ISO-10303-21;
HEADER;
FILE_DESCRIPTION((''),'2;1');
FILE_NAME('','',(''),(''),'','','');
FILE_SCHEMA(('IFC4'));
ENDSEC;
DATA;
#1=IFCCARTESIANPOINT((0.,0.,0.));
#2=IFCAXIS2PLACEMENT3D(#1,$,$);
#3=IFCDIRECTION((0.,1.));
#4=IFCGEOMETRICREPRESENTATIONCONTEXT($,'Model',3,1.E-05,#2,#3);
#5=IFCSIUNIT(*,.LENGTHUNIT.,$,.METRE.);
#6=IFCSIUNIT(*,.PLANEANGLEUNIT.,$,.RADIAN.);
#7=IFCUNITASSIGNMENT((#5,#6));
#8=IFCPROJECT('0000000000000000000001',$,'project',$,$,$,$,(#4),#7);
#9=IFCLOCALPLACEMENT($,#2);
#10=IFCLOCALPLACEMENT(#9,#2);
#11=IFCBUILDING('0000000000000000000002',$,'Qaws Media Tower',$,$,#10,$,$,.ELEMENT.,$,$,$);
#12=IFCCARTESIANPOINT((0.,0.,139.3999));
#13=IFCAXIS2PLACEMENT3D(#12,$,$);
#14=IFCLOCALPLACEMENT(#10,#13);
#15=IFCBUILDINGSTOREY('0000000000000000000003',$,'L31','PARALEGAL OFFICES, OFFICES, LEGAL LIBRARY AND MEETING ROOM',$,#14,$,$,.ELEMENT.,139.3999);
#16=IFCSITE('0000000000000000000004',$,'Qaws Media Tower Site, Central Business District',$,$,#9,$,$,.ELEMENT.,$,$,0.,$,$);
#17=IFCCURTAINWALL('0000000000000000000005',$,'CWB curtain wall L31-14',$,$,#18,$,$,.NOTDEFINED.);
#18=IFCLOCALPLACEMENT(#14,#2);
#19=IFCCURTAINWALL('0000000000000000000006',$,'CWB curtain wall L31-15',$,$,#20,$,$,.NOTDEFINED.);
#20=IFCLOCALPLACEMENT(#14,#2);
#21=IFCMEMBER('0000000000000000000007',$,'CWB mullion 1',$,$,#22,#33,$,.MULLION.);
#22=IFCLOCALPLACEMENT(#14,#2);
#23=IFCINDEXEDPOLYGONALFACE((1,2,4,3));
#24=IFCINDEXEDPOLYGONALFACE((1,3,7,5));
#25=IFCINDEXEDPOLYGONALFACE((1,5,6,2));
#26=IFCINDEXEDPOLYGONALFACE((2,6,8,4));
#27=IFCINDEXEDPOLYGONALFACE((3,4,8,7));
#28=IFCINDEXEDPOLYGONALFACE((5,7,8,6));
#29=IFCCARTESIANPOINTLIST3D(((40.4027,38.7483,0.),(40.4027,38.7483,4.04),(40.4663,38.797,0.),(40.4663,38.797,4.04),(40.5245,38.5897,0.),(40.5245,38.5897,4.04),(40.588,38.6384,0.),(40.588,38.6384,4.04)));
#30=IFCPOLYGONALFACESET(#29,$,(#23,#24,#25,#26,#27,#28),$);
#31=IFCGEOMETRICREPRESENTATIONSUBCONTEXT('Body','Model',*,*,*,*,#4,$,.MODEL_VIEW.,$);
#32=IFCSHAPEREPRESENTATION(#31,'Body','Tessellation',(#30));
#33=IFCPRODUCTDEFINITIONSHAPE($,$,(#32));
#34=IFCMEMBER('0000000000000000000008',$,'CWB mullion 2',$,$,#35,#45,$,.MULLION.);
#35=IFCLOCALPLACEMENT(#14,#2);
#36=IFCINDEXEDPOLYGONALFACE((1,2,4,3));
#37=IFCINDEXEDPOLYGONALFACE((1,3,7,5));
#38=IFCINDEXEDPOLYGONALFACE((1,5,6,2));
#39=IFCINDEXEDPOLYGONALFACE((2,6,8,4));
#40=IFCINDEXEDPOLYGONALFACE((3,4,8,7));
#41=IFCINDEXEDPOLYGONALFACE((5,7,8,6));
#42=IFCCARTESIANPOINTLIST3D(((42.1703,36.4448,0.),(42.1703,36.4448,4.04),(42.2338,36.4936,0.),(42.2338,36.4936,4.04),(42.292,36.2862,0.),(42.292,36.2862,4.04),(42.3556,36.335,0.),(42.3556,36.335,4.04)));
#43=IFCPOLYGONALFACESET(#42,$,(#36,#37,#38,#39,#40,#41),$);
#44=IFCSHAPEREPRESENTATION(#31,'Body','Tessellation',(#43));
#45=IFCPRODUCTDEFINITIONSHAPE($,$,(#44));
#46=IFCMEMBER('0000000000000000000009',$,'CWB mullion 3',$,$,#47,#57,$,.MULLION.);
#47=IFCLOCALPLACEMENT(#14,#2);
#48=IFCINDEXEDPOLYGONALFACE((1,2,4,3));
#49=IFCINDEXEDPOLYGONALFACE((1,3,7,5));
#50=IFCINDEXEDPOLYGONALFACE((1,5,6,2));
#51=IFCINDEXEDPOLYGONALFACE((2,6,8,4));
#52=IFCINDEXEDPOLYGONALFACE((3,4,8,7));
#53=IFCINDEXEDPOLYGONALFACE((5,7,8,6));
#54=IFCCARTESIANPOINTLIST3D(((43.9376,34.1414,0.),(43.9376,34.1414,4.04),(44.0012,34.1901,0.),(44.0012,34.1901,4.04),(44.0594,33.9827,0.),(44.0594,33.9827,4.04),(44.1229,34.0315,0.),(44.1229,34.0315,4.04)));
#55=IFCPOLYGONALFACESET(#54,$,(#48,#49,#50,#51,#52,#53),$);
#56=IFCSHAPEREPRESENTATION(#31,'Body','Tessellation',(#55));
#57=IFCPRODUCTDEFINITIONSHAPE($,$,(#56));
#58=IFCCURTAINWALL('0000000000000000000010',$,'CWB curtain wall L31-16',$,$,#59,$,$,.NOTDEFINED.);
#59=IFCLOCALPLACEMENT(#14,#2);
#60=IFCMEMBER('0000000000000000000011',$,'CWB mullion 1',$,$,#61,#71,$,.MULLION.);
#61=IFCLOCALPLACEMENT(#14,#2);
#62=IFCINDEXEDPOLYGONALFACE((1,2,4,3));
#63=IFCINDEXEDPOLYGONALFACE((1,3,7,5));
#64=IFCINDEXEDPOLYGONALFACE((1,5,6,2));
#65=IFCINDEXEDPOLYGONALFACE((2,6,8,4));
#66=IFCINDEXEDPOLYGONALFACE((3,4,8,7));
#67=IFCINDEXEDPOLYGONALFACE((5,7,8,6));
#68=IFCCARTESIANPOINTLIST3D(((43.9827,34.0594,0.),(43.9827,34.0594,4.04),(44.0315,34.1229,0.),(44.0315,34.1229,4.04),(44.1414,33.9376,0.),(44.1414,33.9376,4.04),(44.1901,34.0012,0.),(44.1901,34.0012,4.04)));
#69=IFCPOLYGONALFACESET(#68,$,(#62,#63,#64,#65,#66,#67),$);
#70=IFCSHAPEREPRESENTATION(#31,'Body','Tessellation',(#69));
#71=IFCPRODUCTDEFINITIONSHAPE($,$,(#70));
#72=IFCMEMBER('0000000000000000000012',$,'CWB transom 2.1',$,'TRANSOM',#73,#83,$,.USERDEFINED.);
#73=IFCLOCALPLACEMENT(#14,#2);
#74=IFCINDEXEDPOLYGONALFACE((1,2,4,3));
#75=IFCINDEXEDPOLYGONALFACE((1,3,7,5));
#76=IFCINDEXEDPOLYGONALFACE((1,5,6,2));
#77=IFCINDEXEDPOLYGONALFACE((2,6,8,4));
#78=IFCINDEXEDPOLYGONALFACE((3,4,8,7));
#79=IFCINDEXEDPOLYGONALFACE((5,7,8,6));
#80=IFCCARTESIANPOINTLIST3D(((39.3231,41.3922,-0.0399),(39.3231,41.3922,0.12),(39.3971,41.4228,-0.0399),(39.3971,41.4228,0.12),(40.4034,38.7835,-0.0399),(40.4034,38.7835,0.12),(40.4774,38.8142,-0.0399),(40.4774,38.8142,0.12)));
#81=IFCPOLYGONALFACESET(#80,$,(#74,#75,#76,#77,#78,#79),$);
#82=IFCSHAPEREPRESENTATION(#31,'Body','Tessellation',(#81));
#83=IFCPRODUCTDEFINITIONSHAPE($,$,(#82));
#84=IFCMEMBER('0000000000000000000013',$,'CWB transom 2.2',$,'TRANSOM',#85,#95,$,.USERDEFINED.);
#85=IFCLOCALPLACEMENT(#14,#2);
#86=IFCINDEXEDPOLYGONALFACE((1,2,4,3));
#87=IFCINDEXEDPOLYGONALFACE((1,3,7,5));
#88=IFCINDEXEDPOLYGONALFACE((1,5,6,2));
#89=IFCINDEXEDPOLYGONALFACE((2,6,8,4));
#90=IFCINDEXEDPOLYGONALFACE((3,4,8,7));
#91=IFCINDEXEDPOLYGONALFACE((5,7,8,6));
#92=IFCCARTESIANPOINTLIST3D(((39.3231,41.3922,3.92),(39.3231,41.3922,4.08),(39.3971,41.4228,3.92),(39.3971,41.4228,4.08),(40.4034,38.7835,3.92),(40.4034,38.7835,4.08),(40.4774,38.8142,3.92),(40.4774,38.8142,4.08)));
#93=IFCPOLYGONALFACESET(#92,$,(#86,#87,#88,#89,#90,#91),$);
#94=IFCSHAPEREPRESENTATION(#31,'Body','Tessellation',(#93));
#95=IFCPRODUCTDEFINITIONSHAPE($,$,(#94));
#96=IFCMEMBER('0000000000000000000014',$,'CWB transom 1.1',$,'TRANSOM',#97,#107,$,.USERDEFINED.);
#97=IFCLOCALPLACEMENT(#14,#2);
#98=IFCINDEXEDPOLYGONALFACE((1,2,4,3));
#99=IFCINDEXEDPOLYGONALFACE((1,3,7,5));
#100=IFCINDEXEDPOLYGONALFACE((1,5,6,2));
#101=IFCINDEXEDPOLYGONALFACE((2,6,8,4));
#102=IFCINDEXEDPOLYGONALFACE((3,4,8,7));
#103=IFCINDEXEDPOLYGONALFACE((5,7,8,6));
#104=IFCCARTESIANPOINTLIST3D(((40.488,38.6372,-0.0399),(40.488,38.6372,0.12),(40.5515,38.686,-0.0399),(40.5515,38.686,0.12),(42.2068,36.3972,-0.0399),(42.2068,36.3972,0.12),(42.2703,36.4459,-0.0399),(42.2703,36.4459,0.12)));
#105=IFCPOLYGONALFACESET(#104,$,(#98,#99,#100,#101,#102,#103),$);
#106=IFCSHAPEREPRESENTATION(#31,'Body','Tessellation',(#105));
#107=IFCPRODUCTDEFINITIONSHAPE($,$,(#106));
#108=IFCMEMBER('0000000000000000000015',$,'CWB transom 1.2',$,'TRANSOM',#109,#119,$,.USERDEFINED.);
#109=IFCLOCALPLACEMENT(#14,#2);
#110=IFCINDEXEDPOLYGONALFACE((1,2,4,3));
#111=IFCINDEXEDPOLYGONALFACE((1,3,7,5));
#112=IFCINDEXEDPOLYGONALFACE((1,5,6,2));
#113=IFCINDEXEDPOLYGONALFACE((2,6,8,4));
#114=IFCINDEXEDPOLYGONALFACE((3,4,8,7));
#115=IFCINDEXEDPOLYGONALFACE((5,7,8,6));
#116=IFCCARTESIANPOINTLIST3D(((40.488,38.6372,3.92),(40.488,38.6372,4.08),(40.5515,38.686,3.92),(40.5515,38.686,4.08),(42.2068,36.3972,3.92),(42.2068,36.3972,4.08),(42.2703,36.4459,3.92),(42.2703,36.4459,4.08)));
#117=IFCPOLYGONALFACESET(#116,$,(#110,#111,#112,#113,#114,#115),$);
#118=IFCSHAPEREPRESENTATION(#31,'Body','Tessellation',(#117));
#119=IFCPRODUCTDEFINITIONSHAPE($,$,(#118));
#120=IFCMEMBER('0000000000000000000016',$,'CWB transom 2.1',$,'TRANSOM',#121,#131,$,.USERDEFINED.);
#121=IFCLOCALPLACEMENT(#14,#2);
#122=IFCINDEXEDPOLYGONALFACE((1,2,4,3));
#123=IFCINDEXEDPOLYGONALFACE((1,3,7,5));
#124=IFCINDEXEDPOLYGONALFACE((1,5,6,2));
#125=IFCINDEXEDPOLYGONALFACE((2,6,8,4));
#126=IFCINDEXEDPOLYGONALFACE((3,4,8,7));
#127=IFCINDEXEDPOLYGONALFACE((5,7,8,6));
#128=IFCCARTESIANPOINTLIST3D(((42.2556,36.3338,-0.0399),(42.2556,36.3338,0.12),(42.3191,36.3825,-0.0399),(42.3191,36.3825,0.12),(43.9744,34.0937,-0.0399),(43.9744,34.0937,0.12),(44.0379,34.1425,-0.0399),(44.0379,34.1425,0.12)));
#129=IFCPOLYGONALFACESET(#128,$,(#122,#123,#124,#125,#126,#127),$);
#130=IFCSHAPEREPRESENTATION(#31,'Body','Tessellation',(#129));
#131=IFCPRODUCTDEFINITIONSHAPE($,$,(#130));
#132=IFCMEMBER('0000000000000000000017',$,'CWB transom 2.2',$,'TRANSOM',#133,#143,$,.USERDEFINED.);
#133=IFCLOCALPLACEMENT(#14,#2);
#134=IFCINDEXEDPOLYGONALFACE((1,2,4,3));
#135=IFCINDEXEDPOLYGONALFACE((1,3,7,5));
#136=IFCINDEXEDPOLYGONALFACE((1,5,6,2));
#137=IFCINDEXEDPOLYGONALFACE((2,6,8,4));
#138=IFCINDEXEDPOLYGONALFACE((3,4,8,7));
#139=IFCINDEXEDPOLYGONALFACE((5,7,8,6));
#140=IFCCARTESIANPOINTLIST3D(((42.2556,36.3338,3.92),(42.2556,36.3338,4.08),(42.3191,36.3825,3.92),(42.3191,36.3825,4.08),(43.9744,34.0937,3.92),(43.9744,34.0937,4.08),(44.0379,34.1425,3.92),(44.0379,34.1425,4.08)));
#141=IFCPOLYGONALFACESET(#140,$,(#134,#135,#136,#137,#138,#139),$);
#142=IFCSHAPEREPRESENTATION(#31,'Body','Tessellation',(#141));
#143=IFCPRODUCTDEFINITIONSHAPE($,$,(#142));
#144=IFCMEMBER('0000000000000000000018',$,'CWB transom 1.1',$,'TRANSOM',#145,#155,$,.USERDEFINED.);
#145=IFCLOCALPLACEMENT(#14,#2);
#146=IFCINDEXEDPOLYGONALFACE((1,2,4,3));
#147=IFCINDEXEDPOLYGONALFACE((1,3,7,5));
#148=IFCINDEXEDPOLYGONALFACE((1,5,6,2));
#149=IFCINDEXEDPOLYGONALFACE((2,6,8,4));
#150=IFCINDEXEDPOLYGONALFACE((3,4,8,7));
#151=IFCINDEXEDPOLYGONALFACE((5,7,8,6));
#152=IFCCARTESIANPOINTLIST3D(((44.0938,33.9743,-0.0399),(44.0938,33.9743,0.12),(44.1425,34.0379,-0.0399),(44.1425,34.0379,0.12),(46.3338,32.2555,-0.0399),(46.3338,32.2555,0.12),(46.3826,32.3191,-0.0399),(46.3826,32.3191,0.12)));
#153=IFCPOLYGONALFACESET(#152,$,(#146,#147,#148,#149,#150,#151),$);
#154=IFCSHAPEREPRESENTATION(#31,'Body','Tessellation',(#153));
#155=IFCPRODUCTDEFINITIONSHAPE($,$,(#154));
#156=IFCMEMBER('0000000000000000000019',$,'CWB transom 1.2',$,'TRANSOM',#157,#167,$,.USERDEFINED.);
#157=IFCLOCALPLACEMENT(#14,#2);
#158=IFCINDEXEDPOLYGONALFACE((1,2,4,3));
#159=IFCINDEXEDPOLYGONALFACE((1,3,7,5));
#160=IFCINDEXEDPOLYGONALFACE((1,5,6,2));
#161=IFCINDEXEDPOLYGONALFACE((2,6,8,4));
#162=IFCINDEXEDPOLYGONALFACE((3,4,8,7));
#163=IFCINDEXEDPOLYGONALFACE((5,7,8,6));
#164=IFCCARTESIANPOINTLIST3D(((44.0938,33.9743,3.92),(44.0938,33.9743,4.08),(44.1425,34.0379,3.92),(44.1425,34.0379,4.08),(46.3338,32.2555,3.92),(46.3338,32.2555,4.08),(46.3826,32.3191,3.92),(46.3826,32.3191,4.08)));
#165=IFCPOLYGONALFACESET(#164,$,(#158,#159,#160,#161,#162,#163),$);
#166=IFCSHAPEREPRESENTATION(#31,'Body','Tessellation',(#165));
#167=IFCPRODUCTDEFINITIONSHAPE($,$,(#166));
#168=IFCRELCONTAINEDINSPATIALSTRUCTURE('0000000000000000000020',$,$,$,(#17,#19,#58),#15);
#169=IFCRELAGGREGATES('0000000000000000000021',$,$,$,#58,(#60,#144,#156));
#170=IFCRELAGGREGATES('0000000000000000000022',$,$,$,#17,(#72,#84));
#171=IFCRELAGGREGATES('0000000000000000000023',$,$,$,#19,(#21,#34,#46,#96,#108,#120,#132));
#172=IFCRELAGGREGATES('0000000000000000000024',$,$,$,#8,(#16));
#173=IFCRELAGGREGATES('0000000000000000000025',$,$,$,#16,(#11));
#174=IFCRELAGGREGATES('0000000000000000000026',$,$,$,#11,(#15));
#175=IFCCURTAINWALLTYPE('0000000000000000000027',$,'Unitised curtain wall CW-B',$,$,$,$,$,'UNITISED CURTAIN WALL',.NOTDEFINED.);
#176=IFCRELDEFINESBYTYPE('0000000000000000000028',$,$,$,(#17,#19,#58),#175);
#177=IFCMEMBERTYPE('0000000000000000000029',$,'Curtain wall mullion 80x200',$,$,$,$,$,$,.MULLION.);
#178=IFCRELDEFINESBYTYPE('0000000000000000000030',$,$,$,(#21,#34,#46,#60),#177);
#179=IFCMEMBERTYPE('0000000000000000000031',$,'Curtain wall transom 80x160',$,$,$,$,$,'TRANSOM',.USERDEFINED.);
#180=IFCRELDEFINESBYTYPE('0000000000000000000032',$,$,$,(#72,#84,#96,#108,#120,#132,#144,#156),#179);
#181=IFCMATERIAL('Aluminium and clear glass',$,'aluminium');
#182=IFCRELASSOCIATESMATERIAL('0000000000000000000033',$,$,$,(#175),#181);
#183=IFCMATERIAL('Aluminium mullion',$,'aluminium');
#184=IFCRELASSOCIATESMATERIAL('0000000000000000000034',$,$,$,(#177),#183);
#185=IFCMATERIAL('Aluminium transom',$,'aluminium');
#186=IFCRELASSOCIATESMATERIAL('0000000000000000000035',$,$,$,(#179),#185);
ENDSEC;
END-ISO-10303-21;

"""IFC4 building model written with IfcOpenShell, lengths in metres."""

from ifc_helpers import new_model, si_unit, direction, frame, origin, origin_2d, place, context, subcontext, project, spatial, rectangle, extrude, material, material_profile, profile_set, type_object, element, aggregate, save


model = new_model("IFC4")

# Units and contexts
model_context = context("Model", 3, precision=1e-05, world=origin(), true_north=direction((0.0, 1.0)))
body_context = subcontext(model_context, "Body", "Model", "MODEL_VIEW")
ifc_project = project(units=[si_unit("LENGTHUNIT", "METRE"), si_unit("PLANEANGLEUNIT", "RADIAN")], contexts=[model_context])

# Site, building, storey
site_placement = place(None, origin())
site = spatial("IfcSite", under=ifc_project, at=site_placement, Name="Qaws Media Tower Site, Central Business District", CompositionType="ELEMENT", RefElevation=0.0)
building_placement = place(site_placement, origin())
building = spatial("IfcBuilding", under=site, at=building_placement, Name="Qaws Media Tower", CompositionType="ELEMENT")
storey_placement = place(building_placement, frame((0.0, 0.0, 139.3999)))
storey = spatial("IfcBuildingStorey", under=building, at=storey_placement, Name="L31", Description="PARALEGAL OFFICES, OFFICES, LEGAL LIBRARY AND MEETING ROOM", CompositionType="ELEMENT", Elevation=139.3999)

# Curtain walls, members
ifc_material_1 = material(Name="Aluminium and clear glass", Category="aluminium")
curtain_wall_type = type_object("IfcCurtainWallType", Name="Unitised curtain wall CW-B", ElementType="UNITISED CURTAIN WALL", PredefinedType="NOTDEFINED", material=ifc_material_1)
curtain_wall_1_placement = place(storey_placement, origin())
curtain_wall_1 = element("IfcCurtainWall", 1, at=curtain_wall_1_placement, inside=storey, type_object=curtain_wall_type, Name="CWB curtain wall L31-14", PredefinedType="NOTDEFINED")
ifc_material_2 = material(Name="Aluminium mullion", Category="aluminium")
ifc_material_profile_1 = material_profile(ifc_material_2, rectangle(XDim=0.0801, YDim=0.2, at=origin_2d()), Name="80x200")
ifc_profile_set_1 = profile_set([ifc_material_profile_1], Name="Aluminium mullion")
member_type_1 = type_object("IfcMemberType", Name="Curtain wall mullion 80x200", PredefinedType="MULLION", material=ifc_profile_set_1)
curtain_wall_2_placement = place(storey_placement, origin())
curtain_wall_2 = element("IfcCurtainWall", 2, at=curtain_wall_2_placement, inside=storey, type_object=curtain_wall_type, Name="CWB curtain wall L31-15", PredefinedType="NOTDEFINED")
member_1_placement = place(storey_placement, frame((40.4954, 38.6934, 0.0), z_axis=(0.0, 0.0, 1.0), x_axis=(0.793353, 0.608761, 0.0)))
member_1 = element("IfcMember", 3, at=member_1_placement, type_object=member_type_1, Name="CWB mullion 1", PredefinedType="MULLION", context=body_context, shape_type="SweptSolid", body=[
    extrude(rectangle(XDim=0.0801, YDim=0.2, at=origin_2d()), origin(), (0.0, 0.0, 1.0), 4.04),
])
member_2_placement = place(storey_placement, frame((42.2629, 36.3899, 0.0), z_axis=(0.0, 0.0, 1.0), x_axis=(0.793353, 0.608761, 0.0)))
member_2 = element("IfcMember", 4, at=member_2_placement, type_object=member_type_1, Name="CWB mullion 2", PredefinedType="MULLION", context=body_context, shape_type="SweptSolid", body=[
    extrude(rectangle(XDim=0.0801, YDim=0.2, at=origin_2d()), origin(), (0.0, 0.0, 1.0), 4.04),
])
member_3_placement = place(storey_placement, frame((44.0303, 34.0864, 0.0), z_axis=(0.0, 0.0, 1.0), x_axis=(0.793353, 0.608761, 0.0)))
member_3 = element("IfcMember", 5, at=member_3_placement, type_object=member_type_1, Name="CWB mullion 3", PredefinedType="MULLION", context=body_context, shape_type="SweptSolid", body=[
    extrude(rectangle(XDim=0.0801, YDim=0.2, at=origin_2d()), origin(), (0.0, 0.0, 1.0), 4.04),
])

# Curtain wall, member
curtain_wall_3_placement = place(storey_placement, origin())
curtain_wall_3 = element("IfcCurtainWall", 6, at=curtain_wall_3_placement, inside=storey, type_object=curtain_wall_type, Name="CWB curtain wall L31-16", PredefinedType="NOTDEFINED")
member_4_placement = place(storey_placement, frame((44.0864, 34.0303, 0.0), z_axis=(0.0, 0.0, 1.0), x_axis=(0.608761, 0.793353, 0.0)))
member_4 = element("IfcMember", 7, at=member_4_placement, type_object=member_type_1, Name="CWB mullion 1", PredefinedType="MULLION", context=body_context, shape_type="SweptSolid", body=[
    extrude(rectangle(XDim=0.0801, YDim=0.2, at=origin_2d()), origin(), (0.0, 0.0, 1.0), 4.04),
])

# Members
ifc_material_3 = material(Name="Aluminium transom", Category="aluminium")
ifc_material_profile_2 = material_profile(ifc_material_3, rectangle(XDim=0.0801, YDim=0.1599, at=origin_2d()), Name="80x160")
ifc_profile_set_2 = profile_set([ifc_material_profile_2], Name="Aluminium transom")
member_type_2 = type_object("IfcMemberType", Name="Curtain wall transom 80x160", ElementType="TRANSOM", PredefinedType="USERDEFINED", material=ifc_profile_set_2)
member_5_placement = place(storey_placement, frame((39.3601, 41.4075, 0.04), z_axis=(0.382619, -0.923906, 0.0), x_axis=(0.923906, 0.382619, 0.0)))
member_5 = element("IfcMember", 8, at=member_5_placement, type_object=member_type_2, Name="CWB transom 2.1", ObjectType="TRANSOM", PredefinedType="USERDEFINED", context=body_context, shape_type="SweptSolid", body=[
    extrude(rectangle(XDim=0.0801, YDim=0.1599, at=origin_2d()), origin(), (0.0, 0.0, 1.0), 2.8235),
])
member_6_placement = place(storey_placement, frame((39.3601, 41.4075, 4.0), z_axis=(0.382619, -0.923906, 0.0), x_axis=(0.923906, 0.382619, 0.0)))
member_6 = element("IfcMember", 9, at=member_6_placement, type_object=member_type_2, Name="CWB transom 2.2", ObjectType="TRANSOM", PredefinedType="USERDEFINED", context=body_context, shape_type="SweptSolid", body=[
    extrude(rectangle(XDim=0.0801, YDim=0.1599, at=origin_2d()), origin(), (0.0, 0.0, 1.0), 2.8235),
])
member_7_placement = place(storey_placement, frame((40.5198, 38.6616, 0.04), z_axis=(0.608749, -0.793363, 0.0), x_axis=(0.793363, 0.608749, 0.0)))
member_7 = element("IfcMember", 10, at=member_7_placement, type_object=member_type_2, Name="CWB transom 1.1", ObjectType="TRANSOM", PredefinedType="USERDEFINED", context=body_context, shape_type="SweptSolid", body=[
    extrude(rectangle(XDim=0.0801, YDim=0.1599, at=origin_2d()), origin(), (0.0, 0.0, 1.0), 2.8235),
])
member_8_placement = place(storey_placement, frame((40.5198, 38.6616, 4.0), z_axis=(0.608749, -0.793363, 0.0), x_axis=(0.793363, 0.608749, 0.0)))
member_8 = element("IfcMember", 11, at=member_8_placement, type_object=member_type_2, Name="CWB transom 1.2", ObjectType="TRANSOM", PredefinedType="USERDEFINED", context=body_context, shape_type="SweptSolid", body=[
    extrude(rectangle(XDim=0.0801, YDim=0.1599, at=origin_2d()), origin(), (0.0, 0.0, 1.0), 2.8235),
])
member_9_placement = place(storey_placement, frame((42.2874, 36.3582, 0.04), z_axis=(0.608749, -0.793363, 0.0), x_axis=(0.793363, 0.608749, 0.0)))
member_9 = element("IfcMember", 12, at=member_9_placement, type_object=member_type_2, Name="CWB transom 2.1", ObjectType="TRANSOM", PredefinedType="USERDEFINED", context=body_context, shape_type="SweptSolid", body=[
    extrude(rectangle(XDim=0.0801, YDim=0.1599, at=origin_2d()), origin(), (0.0, 0.0, 1.0), 2.8235),
])
member_10_placement = place(storey_placement, frame((42.2874, 36.3582, 4.0), z_axis=(0.608749, -0.793363, 0.0), x_axis=(0.793363, 0.608749, 0.0)))
member_10 = element("IfcMember", 13, at=member_10_placement, type_object=member_type_2, Name="CWB transom 2.2", ObjectType="TRANSOM", PredefinedType="USERDEFINED", context=body_context, shape_type="SweptSolid", body=[
    extrude(rectangle(XDim=0.0801, YDim=0.1599, at=origin_2d()), origin(), (0.0, 0.0, 1.0), 2.8235),
])
member_11_placement = place(storey_placement, frame((44.1182, 34.0061, 0.04), z_axis=(0.793363, -0.608749, 0.0), x_axis=(0.608749, 0.793363, 0.0)))
member_11 = element("IfcMember", 14, at=member_11_placement, type_object=member_type_2, Name="CWB transom 1.1", ObjectType="TRANSOM", PredefinedType="USERDEFINED", context=body_context, shape_type="SweptSolid", body=[
    extrude(rectangle(XDim=0.0801, YDim=0.1599, at=origin_2d()), origin(), (0.0, 0.0, 1.0), 2.8235),
])
member_12_placement = place(storey_placement, frame((44.1182, 34.0061, 4.0), z_axis=(0.793363, -0.608749, 0.0), x_axis=(0.608749, 0.793363, 0.0)))
member_12 = element("IfcMember", 15, at=member_12_placement, type_object=member_type_2, Name="CWB transom 1.2", ObjectType="TRANSOM", PredefinedType="USERDEFINED", context=body_context, shape_type="SweptSolid", body=[
    extrude(rectangle(XDim=0.0801, YDim=0.1599, at=origin_2d()), origin(), (0.0, 0.0, 1.0), 2.8235),
])
aggregate(curtain_wall_3, [member_4, member_11, member_12])

aggregate(curtain_wall_1, [member_5, member_6])
aggregate(curtain_wall_2, [member_1, member_2, member_3, member_7, member_8, member_9, member_10])

save(model, "model.ifc")
